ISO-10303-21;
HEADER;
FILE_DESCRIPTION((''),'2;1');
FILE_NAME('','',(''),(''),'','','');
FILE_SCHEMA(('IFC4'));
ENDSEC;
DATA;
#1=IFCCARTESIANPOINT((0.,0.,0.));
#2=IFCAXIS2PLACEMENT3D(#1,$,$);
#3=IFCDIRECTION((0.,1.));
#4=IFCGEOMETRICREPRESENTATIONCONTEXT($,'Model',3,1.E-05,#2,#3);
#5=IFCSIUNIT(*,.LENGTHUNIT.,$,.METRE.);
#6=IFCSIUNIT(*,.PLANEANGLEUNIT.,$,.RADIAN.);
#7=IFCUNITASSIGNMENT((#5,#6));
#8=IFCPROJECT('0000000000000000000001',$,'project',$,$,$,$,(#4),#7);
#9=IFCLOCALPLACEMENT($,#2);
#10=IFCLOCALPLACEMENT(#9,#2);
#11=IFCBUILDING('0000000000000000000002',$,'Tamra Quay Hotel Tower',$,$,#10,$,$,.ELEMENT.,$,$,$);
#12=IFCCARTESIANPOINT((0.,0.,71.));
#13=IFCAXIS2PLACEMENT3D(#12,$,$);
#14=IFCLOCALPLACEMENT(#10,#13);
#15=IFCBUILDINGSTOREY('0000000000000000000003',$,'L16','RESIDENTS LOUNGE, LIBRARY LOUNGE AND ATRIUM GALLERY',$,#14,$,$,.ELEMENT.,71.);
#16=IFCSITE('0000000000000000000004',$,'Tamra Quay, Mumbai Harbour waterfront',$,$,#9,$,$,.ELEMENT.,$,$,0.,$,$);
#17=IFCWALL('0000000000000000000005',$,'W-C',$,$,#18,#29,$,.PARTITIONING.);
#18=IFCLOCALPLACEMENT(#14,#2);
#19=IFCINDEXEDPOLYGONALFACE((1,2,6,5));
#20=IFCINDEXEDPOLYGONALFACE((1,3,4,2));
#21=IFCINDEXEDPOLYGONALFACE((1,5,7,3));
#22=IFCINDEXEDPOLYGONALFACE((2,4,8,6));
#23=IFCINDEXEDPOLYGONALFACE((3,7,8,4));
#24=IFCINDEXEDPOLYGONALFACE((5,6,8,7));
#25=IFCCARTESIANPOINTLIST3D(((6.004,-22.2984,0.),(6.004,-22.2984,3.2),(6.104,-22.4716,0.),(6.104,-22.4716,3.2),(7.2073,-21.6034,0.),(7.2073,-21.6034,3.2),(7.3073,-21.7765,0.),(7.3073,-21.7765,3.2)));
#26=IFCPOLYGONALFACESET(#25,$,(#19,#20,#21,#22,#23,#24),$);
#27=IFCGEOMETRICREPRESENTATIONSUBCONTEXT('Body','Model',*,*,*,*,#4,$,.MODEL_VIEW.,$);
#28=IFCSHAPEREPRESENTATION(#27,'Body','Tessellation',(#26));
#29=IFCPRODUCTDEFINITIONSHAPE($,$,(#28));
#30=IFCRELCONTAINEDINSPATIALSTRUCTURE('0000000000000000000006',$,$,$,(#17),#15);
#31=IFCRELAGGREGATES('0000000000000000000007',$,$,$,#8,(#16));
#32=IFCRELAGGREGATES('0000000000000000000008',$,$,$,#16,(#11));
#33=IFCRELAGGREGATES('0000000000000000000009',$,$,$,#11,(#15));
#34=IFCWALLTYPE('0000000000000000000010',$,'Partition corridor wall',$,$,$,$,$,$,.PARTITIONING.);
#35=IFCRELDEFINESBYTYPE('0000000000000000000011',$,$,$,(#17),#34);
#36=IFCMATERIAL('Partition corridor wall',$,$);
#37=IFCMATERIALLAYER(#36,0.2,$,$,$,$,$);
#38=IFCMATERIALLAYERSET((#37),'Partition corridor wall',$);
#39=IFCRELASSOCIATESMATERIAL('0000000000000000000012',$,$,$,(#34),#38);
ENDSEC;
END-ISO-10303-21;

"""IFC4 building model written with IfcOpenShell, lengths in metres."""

from ifc_helpers import new_model, si_unit, direction, frame, frame_2d, origin, place, context, subcontext, project, spatial, rectangle, extrude, material, layer, layer_set, type_object, element, save


model = new_model("IFC4")

# Units and contexts
model_context = context("Model", 3, precision=1e-05, world=origin(), true_north=direction((0.0, 1.0)))
body_context = subcontext(model_context, "Body", "Model", "MODEL_VIEW")
ifc_project = project(units=[si_unit("LENGTHUNIT", "METRE"), si_unit("PLANEANGLEUNIT", "RADIAN")], contexts=[model_context])

# Site, building, storey
site_placement = place(None, origin())
site = spatial("IfcSite", under=ifc_project, at=site_placement, Name="Tamra Quay, Mumbai Harbour waterfront", CompositionType="ELEMENT", RefElevation=0.0)
building_placement = place(site_placement, origin())
building = spatial("IfcBuilding", under=site, at=building_placement, Name="Tamra Quay Hotel Tower", CompositionType="ELEMENT")
storey_placement = place(building_placement, frame((0.0, 0.0, 71.0)))
storey = spatial("IfcBuildingStorey", under=building, at=storey_placement, Name="L16", Description="RESIDENTS LOUNGE, LIBRARY LOUNGE AND ATRIUM GALLERY", CompositionType="ELEMENT", Elevation=71.0)

# Wall
ifc_material_1 = material(Name="Partition corridor wall")
ifc_layer_1 = layer(ifc_material_1, 0.2)
ifc_layer_set_1 = layer_set([ifc_layer_1], Name="Partition corridor wall")
wall_type_1 = type_object("IfcWallType", Name="Partition corridor wall", PredefinedType="PARTITIONING", material=ifc_layer_set_1)
wall_1_placement = place(storey_placement, frame((6.054, -22.385, 0.0), z_axis=(0.0, 0.0, 1.0), x_axis=(0.865931, 0.500163, 0.0)))
element("IfcWall", 1, at=wall_1_placement, inside=storey, type_object=wall_type_1, Name="W-C", PredefinedType="PARTITIONING", context=body_context, shape_type="SweptSolid", body=[
    extrude(rectangle(XDim=1.3896, YDim=0.2, at=frame_2d((0.6948, 0.0))), origin(), (0.0, 0.0, 1.0), 3.2),
])

save(model, "model.ifc")
